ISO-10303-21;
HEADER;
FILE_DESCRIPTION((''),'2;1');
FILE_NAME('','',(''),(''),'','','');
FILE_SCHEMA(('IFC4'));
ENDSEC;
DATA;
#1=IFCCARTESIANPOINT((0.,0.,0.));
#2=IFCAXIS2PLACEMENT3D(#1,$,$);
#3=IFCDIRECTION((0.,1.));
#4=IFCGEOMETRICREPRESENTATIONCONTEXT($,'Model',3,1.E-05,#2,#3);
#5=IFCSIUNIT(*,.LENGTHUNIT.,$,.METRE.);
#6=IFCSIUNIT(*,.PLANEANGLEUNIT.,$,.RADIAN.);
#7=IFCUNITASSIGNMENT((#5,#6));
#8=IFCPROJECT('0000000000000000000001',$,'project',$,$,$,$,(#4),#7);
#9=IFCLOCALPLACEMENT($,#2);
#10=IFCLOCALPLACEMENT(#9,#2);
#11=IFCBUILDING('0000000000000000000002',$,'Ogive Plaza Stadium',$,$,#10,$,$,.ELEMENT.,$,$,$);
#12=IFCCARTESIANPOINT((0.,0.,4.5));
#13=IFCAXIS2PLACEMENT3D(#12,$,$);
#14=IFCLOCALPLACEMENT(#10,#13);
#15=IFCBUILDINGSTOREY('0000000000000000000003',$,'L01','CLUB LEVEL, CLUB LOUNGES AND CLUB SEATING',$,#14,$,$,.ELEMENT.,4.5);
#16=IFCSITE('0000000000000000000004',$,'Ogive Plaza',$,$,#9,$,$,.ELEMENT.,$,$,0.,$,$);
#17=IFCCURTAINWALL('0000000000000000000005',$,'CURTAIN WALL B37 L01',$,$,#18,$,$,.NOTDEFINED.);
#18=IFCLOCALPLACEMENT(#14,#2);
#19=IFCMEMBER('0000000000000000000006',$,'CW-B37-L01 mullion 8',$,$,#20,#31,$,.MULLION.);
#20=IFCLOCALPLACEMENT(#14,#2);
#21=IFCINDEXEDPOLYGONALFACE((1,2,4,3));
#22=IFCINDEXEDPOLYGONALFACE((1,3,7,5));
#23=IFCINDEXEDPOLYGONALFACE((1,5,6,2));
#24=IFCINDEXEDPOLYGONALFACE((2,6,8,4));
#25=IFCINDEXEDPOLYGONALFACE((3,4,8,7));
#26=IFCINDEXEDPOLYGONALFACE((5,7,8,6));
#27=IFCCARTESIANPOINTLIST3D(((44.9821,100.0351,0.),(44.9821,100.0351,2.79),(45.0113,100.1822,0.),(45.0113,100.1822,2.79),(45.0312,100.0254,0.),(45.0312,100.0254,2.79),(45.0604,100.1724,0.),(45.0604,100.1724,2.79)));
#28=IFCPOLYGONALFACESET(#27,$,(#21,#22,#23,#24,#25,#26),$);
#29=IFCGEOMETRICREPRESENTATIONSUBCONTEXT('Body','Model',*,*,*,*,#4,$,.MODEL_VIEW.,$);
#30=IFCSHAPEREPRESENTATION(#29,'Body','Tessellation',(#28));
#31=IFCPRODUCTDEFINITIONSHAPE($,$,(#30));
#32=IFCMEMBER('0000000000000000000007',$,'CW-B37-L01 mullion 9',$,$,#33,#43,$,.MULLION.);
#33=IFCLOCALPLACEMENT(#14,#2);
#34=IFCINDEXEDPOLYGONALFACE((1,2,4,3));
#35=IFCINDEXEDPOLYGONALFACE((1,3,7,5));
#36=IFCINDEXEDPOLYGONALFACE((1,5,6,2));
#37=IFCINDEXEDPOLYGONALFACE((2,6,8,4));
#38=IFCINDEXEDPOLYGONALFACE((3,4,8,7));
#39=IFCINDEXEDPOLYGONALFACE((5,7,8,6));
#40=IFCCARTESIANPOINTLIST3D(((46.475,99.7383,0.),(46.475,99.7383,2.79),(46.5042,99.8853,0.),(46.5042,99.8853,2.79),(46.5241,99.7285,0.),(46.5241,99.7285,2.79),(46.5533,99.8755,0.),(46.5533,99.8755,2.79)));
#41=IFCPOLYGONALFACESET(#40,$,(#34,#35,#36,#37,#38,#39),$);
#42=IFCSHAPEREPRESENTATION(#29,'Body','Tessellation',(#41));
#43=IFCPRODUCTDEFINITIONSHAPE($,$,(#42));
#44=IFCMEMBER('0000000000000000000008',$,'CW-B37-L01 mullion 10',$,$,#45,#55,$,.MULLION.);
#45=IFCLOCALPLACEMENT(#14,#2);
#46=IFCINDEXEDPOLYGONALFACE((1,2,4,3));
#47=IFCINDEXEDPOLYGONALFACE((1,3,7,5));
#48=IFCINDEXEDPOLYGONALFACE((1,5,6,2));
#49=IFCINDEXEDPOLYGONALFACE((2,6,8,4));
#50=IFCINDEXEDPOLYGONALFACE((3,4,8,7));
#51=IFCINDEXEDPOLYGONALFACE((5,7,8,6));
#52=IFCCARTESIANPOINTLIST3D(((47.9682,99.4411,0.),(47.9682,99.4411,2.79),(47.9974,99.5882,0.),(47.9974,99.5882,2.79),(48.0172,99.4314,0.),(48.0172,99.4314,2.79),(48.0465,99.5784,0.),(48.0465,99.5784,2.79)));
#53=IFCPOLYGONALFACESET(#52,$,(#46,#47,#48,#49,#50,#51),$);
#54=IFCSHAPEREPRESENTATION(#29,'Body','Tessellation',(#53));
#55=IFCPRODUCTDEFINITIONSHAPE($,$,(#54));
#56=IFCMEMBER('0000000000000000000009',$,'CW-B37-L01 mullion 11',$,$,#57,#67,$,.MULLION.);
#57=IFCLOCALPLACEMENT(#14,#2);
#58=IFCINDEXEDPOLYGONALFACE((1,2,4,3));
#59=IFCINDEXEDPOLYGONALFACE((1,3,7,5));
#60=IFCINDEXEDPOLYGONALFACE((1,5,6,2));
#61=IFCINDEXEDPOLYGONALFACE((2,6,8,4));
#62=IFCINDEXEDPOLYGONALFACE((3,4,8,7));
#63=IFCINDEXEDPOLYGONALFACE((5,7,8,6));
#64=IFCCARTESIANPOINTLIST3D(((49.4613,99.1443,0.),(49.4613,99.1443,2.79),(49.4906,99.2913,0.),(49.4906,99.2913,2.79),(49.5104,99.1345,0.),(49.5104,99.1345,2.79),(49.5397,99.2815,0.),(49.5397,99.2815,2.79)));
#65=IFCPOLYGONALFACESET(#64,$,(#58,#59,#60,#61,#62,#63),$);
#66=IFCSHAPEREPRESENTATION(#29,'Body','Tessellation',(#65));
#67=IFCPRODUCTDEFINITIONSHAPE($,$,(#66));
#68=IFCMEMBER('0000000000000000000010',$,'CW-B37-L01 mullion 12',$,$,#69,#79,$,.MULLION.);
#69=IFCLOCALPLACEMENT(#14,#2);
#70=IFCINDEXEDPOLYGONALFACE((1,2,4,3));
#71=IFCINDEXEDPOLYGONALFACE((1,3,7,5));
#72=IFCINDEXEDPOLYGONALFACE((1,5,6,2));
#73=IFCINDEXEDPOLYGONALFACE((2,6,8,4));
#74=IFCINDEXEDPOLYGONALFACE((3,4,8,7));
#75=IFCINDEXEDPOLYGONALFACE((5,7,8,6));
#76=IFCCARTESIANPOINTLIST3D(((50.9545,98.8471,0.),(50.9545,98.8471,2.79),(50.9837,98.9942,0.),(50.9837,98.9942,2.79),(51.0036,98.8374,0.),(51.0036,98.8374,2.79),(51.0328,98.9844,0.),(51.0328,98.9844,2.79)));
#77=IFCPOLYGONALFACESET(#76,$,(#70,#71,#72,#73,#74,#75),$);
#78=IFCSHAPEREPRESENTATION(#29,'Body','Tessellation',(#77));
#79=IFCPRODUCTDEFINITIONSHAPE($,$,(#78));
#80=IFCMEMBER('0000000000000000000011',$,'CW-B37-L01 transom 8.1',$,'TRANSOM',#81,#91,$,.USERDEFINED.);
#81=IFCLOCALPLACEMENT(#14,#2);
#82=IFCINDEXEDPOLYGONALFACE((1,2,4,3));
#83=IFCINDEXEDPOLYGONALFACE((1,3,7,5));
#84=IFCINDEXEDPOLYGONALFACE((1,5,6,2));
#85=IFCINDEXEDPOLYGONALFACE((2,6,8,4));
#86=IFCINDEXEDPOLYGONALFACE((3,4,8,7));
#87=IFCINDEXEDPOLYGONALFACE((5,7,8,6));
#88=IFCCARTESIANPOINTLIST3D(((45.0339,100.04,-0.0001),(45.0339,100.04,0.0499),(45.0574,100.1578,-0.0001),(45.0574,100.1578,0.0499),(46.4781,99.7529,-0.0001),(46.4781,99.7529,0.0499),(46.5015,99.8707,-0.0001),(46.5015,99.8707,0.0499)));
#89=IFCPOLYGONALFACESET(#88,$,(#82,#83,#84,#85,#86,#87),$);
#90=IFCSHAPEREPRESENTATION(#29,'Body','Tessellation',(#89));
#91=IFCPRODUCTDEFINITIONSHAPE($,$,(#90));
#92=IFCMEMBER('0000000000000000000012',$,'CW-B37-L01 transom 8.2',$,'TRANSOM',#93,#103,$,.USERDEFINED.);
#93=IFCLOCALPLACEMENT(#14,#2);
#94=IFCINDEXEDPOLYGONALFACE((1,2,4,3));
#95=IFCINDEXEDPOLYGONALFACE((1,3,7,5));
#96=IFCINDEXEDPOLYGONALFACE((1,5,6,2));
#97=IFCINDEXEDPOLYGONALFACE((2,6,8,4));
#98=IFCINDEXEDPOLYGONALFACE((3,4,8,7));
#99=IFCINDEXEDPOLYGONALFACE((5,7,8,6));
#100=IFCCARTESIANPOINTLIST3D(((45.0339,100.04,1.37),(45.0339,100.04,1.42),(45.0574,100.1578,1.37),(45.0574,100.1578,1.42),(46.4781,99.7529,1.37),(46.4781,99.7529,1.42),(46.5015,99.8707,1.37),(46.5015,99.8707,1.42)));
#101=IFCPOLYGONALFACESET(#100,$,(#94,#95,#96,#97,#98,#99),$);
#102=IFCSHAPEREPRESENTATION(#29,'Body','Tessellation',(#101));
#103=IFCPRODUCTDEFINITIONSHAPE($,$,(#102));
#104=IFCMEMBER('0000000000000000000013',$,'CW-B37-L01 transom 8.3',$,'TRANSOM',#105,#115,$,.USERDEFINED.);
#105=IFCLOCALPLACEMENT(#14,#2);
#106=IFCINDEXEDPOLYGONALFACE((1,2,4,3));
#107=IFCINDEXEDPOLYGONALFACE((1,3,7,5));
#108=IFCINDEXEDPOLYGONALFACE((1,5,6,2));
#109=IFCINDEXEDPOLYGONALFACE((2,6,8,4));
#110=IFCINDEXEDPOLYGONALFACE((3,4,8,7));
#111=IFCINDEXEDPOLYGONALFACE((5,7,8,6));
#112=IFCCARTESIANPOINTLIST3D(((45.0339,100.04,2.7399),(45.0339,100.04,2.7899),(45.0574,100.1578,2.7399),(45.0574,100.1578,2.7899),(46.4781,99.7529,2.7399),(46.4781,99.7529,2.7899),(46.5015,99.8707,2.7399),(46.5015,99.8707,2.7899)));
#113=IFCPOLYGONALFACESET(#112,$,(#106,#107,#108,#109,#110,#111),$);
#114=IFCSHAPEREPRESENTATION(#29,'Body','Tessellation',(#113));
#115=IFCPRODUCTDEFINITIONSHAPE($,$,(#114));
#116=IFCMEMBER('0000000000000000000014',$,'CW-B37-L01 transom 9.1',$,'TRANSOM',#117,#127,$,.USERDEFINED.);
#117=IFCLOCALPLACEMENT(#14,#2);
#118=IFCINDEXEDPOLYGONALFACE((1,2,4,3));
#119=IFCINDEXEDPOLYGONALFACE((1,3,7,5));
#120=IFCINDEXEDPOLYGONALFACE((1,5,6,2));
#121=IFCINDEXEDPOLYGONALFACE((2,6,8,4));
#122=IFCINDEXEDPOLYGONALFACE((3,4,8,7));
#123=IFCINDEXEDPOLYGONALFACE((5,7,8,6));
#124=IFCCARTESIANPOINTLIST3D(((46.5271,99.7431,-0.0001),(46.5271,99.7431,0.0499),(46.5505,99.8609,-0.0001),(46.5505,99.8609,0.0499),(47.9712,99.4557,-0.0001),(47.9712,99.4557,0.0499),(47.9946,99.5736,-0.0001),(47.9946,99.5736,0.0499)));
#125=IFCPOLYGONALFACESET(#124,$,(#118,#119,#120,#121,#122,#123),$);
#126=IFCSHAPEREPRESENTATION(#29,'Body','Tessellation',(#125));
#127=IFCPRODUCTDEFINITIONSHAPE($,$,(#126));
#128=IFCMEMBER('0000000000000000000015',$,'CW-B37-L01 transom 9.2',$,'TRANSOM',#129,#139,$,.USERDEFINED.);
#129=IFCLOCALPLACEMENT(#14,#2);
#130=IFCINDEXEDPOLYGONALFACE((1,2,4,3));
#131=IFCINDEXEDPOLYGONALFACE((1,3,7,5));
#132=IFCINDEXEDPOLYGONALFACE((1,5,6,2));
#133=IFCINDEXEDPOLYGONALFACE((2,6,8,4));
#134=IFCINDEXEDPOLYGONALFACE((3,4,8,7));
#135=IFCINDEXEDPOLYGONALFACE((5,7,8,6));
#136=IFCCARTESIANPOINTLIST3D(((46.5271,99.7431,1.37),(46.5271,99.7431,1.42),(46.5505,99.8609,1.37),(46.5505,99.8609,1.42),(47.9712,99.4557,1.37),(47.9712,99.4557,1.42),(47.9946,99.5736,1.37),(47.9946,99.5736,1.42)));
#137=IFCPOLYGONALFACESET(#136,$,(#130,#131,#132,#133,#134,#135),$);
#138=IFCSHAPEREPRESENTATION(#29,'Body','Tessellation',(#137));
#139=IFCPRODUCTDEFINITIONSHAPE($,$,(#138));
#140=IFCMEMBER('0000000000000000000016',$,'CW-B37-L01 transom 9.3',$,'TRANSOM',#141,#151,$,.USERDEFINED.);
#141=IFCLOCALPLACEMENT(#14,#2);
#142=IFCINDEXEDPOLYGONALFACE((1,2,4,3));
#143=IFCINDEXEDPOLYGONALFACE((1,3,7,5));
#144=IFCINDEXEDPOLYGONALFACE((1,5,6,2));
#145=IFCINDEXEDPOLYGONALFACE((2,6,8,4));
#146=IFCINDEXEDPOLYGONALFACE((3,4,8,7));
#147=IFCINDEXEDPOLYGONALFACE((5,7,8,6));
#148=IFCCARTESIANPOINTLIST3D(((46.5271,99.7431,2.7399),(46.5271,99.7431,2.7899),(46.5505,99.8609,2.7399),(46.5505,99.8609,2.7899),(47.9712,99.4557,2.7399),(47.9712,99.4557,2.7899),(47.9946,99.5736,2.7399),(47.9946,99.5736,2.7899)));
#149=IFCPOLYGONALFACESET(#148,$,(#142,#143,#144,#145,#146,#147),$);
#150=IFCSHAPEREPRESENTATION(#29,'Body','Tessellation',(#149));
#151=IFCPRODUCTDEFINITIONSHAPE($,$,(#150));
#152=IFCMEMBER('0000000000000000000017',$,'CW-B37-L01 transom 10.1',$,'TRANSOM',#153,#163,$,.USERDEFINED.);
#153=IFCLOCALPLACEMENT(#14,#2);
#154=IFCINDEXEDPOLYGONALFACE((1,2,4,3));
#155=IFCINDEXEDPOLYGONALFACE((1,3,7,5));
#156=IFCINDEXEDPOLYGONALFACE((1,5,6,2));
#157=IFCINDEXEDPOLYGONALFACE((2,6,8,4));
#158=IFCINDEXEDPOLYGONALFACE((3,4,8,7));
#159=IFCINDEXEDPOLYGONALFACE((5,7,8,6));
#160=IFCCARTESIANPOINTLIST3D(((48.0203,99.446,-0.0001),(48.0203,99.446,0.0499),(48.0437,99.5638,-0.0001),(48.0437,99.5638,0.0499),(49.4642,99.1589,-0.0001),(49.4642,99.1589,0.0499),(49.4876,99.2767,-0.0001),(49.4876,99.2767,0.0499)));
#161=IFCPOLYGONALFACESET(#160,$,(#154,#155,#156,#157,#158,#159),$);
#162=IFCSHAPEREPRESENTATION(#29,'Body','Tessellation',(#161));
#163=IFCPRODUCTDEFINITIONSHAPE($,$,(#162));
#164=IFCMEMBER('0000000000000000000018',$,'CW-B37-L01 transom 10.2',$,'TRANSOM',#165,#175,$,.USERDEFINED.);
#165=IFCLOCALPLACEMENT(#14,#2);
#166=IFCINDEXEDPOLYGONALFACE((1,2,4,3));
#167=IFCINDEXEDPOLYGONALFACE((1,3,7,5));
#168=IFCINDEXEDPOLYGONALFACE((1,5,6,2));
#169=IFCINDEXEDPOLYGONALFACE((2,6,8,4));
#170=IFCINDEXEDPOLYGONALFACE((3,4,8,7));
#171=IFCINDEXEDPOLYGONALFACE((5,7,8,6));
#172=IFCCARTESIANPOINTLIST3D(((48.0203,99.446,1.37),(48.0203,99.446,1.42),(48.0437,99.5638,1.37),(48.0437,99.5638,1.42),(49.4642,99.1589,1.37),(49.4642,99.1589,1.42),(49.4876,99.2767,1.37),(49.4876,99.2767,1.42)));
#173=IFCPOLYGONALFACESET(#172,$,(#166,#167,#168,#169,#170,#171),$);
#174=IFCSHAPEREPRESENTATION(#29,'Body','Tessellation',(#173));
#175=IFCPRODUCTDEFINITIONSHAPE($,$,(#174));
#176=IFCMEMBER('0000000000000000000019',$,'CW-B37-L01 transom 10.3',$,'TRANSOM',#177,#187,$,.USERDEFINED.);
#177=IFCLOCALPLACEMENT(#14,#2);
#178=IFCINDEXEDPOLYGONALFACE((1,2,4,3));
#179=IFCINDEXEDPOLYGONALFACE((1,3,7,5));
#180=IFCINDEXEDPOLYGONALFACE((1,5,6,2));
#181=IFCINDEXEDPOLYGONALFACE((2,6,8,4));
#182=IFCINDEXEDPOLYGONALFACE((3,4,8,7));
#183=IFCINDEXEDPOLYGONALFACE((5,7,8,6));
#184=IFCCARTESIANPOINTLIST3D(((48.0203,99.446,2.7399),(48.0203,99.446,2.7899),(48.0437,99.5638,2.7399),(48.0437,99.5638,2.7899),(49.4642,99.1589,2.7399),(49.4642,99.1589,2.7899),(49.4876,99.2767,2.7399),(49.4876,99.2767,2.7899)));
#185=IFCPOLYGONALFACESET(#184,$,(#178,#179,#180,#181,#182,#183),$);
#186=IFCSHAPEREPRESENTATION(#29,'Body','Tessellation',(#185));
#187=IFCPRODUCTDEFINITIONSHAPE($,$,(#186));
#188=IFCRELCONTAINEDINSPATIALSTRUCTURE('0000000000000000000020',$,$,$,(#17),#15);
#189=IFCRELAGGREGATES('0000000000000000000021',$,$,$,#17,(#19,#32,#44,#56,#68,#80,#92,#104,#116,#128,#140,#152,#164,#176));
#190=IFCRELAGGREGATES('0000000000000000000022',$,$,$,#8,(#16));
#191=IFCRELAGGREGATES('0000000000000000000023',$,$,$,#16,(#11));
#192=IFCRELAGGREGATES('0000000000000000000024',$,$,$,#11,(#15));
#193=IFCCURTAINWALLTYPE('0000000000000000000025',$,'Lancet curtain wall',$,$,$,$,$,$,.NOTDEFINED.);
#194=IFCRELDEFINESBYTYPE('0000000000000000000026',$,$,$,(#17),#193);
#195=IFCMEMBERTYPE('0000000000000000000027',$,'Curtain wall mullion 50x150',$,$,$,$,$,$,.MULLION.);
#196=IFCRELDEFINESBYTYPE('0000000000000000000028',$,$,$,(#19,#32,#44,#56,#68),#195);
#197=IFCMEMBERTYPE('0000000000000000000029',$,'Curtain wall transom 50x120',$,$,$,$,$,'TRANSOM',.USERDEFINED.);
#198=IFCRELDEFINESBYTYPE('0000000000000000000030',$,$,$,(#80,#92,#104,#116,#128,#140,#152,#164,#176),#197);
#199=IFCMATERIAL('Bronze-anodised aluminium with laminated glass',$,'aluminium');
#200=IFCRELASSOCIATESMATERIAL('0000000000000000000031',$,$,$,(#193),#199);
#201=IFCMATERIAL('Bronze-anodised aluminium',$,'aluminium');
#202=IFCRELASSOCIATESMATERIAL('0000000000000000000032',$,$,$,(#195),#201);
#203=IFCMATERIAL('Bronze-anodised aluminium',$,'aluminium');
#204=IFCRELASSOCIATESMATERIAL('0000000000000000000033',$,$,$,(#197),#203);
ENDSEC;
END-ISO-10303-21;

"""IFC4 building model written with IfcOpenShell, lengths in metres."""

from ifc_helpers import new_model, si_unit, direction, frame, origin, origin_2d, place, context, subcontext, project, spatial, rectangle, extrude, material, material_profile, profile_set, type_object, element, aggregate, save


model = new_model("IFC4")

# Units and contexts
model_context = context("Model", 3, precision=1e-05, world=origin(), true_north=direction((0.0, 1.0)))
body_context = subcontext(model_context, "Body", "Model", "MODEL_VIEW")
ifc_project = project(units=[si_unit("LENGTHUNIT", "METRE"), si_unit("PLANEANGLEUNIT", "RADIAN")], contexts=[model_context])

# Site, building, storey
site_placement = place(None, origin())
site = spatial("IfcSite", under=ifc_project, at=site_placement, Name="Ogive Plaza", CompositionType="ELEMENT", RefElevation=0.0)
building_placement = place(site_placement, origin())
building = spatial("IfcBuilding", under=site, at=building_placement, Name="Ogive Plaza Stadium", CompositionType="ELEMENT")
storey_placement = place(building_placement, frame((0.0, 0.0, 4.5)))
storey = spatial("IfcBuildingStorey", under=building, at=storey_placement, Name="L01", Description="CLUB LEVEL, CLUB LOUNGES AND CLUB SEATING", CompositionType="ELEMENT", Elevation=4.5)

# Curtain wall, members
ifc_material_1 = material(Name="Bronze-anodised aluminium with laminated glass", Category="aluminium")
curtain_wall_type = type_object("IfcCurtainWallType", Name="Lancet curtain wall", PredefinedType="NOTDEFINED", material=ifc_material_1)
curtain_wall_placement = place(storey_placement, origin())
curtain_wall = element("IfcCurtainWall", 1, at=curtain_wall_placement, inside=storey, type_object=curtain_wall_type, Name="CURTAIN WALL B37 L01", PredefinedType="NOTDEFINED")
ifc_material_2 = material(Name="Bronze-anodised aluminium", Category="aluminium")
ifc_material_profile_1 = material_profile(ifc_material_2, rectangle(XDim=0.1499, YDim=0.05, at=origin_2d()), Name="AL 150x50")
ifc_profile_set_1 = profile_set([ifc_material_profile_1], Name="Bronze-anodised aluminium")
member_type_1 = type_object("IfcMemberType", Name="Curtain wall mullion 50x150", PredefinedType="MULLION", material=ifc_profile_set_1)
member_1_placement = place(storey_placement, frame((45.0212, 100.1038, 0.0), z_axis=(0.0, 0.0, 1.0), x_axis=(0.19509, 0.980785, 0.0)))
member_1 = element("IfcMember", 2, at=member_1_placement, type_object=member_type_1, Name="CW-B37-L01 mullion 8", PredefinedType="MULLION", context=body_context, shape_type="SweptSolid", body=[
    extrude(rectangle(XDim=0.1499, YDim=0.05, at=origin_2d()), origin(), (0.0, 0.0, 1.0), 2.79),
])
member_2_placement = place(storey_placement, frame((46.5142, 99.8069, 0.0), z_axis=(0.0, 0.0, 1.0), x_axis=(0.19509, 0.980785, 0.0)))
member_2 = element("IfcMember", 3, at=member_2_placement, type_object=member_type_1, Name="CW-B37-L01 mullion 9", PredefinedType="MULLION", context=body_context, shape_type="SweptSolid", body=[
    extrude(rectangle(XDim=0.1499, YDim=0.05, at=origin_2d()), origin(), (0.0, 0.0, 1.0), 2.79),
])
member_3_placement = place(storey_placement, frame((48.0073, 99.5098, 0.0), z_axis=(0.0, 0.0, 1.0), x_axis=(0.19509, 0.980785, 0.0)))
member_3 = element("IfcMember", 4, at=member_3_placement, type_object=member_type_1, Name="CW-B37-L01 mullion 10", PredefinedType="MULLION", context=body_context, shape_type="SweptSolid", body=[
    extrude(rectangle(XDim=0.1499, YDim=0.05, at=origin_2d()), origin(), (0.0, 0.0, 1.0), 2.79),
])
member_4_placement = place(storey_placement, frame((49.5005, 99.2129, 0.0), z_axis=(0.0, 0.0, 1.0), x_axis=(0.19509, 0.980785, 0.0)))
member_4 = element("IfcMember", 5, at=member_4_placement, type_object=member_type_1, Name="CW-B37-L01 mullion 11", PredefinedType="MULLION", context=body_context, shape_type="SweptSolid", body=[
    extrude(rectangle(XDim=0.1499, YDim=0.05, at=origin_2d()), origin(), (0.0, 0.0, 1.0), 2.79),
])
member_5_placement = place(storey_placement, frame((50.9937, 98.9158, 0.0), z_axis=(0.0, 0.0, 1.0), x_axis=(0.19509, 0.980785, 0.0)))
member_5 = element("IfcMember", 6, at=member_5_placement, type_object=member_type_1, Name="CW-B37-L01 mullion 12", PredefinedType="MULLION", context=body_context, shape_type="SweptSolid", body=[
    extrude(rectangle(XDim=0.1499, YDim=0.05, at=origin_2d()), origin(), (0.0, 0.0, 1.0), 2.79),
])
ifc_material_3 = material(Name="Bronze-anodised aluminium", Category="aluminium")
ifc_material_profile_2 = material_profile(ifc_material_3, rectangle(XDim=0.1201, YDim=0.05, at=origin_2d()), Name="AL 120x50")
ifc_profile_set_2 = profile_set([ifc_material_profile_2], Name="Bronze-anodised aluminium")
member_type_2 = type_object("IfcMemberType", Name="Curtain wall transom 50x120", ElementType="TRANSOM", PredefinedType="USERDEFINED", material=ifc_profile_set_2)
member_6_placement = place(storey_placement, frame((45.0457, 100.0989, 0.0249), z_axis=(0.980803, -0.195, 0.0), x_axis=(0.195, 0.980803, 0.0)))
member_6 = element("IfcMember", 7, at=member_6_placement, type_object=member_type_2, Name="CW-B37-L01 transom 8.1", ObjectType="TRANSOM", PredefinedType="USERDEFINED", context=body_context, shape_type="SweptSolid", body=[
    extrude(rectangle(XDim=0.1201, YDim=0.05, at=origin_2d()), origin(), (0.0, 0.0, 1.0), 1.4724),
])
member_7_placement = place(storey_placement, frame((45.0457, 100.0989, 1.395), z_axis=(0.980803, -0.195, 0.0), x_axis=(0.195, 0.980803, 0.0)))
member_7 = element("IfcMember", 8, at=member_7_placement, type_object=member_type_2, Name="CW-B37-L01 transom 8.2", ObjectType="TRANSOM", PredefinedType="USERDEFINED", context=body_context, shape_type="SweptSolid", body=[
    extrude(rectangle(XDim=0.1201, YDim=0.05, at=origin_2d()), origin(), (0.0, 0.0, 1.0), 1.4724),
])
member_8_placement = place(storey_placement, frame((45.0457, 100.0989, 2.7649), z_axis=(0.980803, -0.195, 0.0), x_axis=(0.195, 0.980803, 0.0)))
member_8 = element("IfcMember", 9, at=member_8_placement, type_object=member_type_2, Name="CW-B37-L01 transom 8.3", ObjectType="TRANSOM", PredefinedType="USERDEFINED", context=body_context, shape_type="SweptSolid", body=[
    extrude(rectangle(XDim=0.1201, YDim=0.05, at=origin_2d()), origin(), (0.0, 0.0, 1.0), 1.4724),
])
member_9_placement = place(storey_placement, frame((46.5388, 99.802, 0.0249), z_axis=(0.980772, -0.195159, 0.0), x_axis=(0.195159, 0.980772, 0.0)))
member_9 = element("IfcMember", 10, at=member_9_placement, type_object=member_type_2, Name="CW-B37-L01 transom 9.1", ObjectType="TRANSOM", PredefinedType="USERDEFINED", context=body_context, shape_type="SweptSolid", body=[
    extrude(rectangle(XDim=0.1201, YDim=0.05, at=origin_2d()), origin(), (0.0, 0.0, 1.0), 1.4724),
])
member_10_placement = place(storey_placement, frame((46.5388, 99.802, 1.395), z_axis=(0.980772, -0.195159, 0.0), x_axis=(0.195159, 0.980772, 0.0)))
member_10 = element("IfcMember", 11, at=member_10_placement, type_object=member_type_2, Name="CW-B37-L01 transom 9.2", ObjectType="TRANSOM", PredefinedType="USERDEFINED", context=body_context, shape_type="SweptSolid", body=[
    extrude(rectangle(XDim=0.1201, YDim=0.05, at=origin_2d()), origin(), (0.0, 0.0, 1.0), 1.4724),
])
member_11_placement = place(storey_placement, frame((46.5388, 99.802, 2.7649), z_axis=(0.980772, -0.195159, 0.0), x_axis=(0.195159, 0.980772, 0.0)))
member_11 = element("IfcMember", 12, at=member_11_placement, type_object=member_type_2, Name="CW-B37-L01 transom 9.3", ObjectType="TRANSOM", PredefinedType="USERDEFINED", context=body_context, shape_type="SweptSolid", body=[
    extrude(rectangle(XDim=0.1201, YDim=0.05, at=origin_2d()), origin(), (0.0, 0.0, 1.0), 1.4724),
])
member_12_placement = place(storey_placement, frame((48.032, 99.5049, 0.0249), z_axis=(0.980797, -0.195032, 0.0), x_axis=(0.195032, 0.980797, 0.0)))
member_12 = element("IfcMember", 13, at=member_12_placement, type_object=member_type_2, Name="CW-B37-L01 transom 10.1", ObjectType="TRANSOM", PredefinedType="USERDEFINED", context=body_context, shape_type="SweptSolid", body=[
    extrude(rectangle(XDim=0.1201, YDim=0.05, at=origin_2d()), origin(), (0.0, 0.0, 1.0), 1.4722),
])
member_13_placement = place(storey_placement, frame((48.032, 99.5049, 1.395), z_axis=(0.980797, -0.195032, 0.0), x_axis=(0.195032, 0.980797, 0.0)))
member_13 = element("IfcMember", 14, at=member_13_placement, type_object=member_type_2, Name="CW-B37-L01 transom 10.2", ObjectType="TRANSOM", PredefinedType="USERDEFINED", context=body_context, shape_type="SweptSolid", body=[
    extrude(rectangle(XDim=0.1201, YDim=0.05, at=origin_2d()), origin(), (0.0, 0.0, 1.0), 1.4722),
])
member_14_placement = place(storey_placement, frame((48.032, 99.5049, 2.7649), z_axis=(0.980797, -0.195032, 0.0), x_axis=(0.195032, 0.980797, 0.0)))
member_14 = element("IfcMember", 15, at=member_14_placement, type_object=member_type_2, Name="CW-B37-L01 transom 10.3", ObjectType="TRANSOM", PredefinedType="USERDEFINED", context=body_context, shape_type="SweptSolid", body=[
    extrude(rectangle(XDim=0.1201, YDim=0.05, at=origin_2d()), origin(), (0.0, 0.0, 1.0), 1.4722),
])
aggregate(curtain_wall, [member_1, member_2, member_3, member_4, member_5, member_6, member_7, member_8, member_9, member_10, member_11, member_12, member_13, member_14])

save(model, "model.ifc")
